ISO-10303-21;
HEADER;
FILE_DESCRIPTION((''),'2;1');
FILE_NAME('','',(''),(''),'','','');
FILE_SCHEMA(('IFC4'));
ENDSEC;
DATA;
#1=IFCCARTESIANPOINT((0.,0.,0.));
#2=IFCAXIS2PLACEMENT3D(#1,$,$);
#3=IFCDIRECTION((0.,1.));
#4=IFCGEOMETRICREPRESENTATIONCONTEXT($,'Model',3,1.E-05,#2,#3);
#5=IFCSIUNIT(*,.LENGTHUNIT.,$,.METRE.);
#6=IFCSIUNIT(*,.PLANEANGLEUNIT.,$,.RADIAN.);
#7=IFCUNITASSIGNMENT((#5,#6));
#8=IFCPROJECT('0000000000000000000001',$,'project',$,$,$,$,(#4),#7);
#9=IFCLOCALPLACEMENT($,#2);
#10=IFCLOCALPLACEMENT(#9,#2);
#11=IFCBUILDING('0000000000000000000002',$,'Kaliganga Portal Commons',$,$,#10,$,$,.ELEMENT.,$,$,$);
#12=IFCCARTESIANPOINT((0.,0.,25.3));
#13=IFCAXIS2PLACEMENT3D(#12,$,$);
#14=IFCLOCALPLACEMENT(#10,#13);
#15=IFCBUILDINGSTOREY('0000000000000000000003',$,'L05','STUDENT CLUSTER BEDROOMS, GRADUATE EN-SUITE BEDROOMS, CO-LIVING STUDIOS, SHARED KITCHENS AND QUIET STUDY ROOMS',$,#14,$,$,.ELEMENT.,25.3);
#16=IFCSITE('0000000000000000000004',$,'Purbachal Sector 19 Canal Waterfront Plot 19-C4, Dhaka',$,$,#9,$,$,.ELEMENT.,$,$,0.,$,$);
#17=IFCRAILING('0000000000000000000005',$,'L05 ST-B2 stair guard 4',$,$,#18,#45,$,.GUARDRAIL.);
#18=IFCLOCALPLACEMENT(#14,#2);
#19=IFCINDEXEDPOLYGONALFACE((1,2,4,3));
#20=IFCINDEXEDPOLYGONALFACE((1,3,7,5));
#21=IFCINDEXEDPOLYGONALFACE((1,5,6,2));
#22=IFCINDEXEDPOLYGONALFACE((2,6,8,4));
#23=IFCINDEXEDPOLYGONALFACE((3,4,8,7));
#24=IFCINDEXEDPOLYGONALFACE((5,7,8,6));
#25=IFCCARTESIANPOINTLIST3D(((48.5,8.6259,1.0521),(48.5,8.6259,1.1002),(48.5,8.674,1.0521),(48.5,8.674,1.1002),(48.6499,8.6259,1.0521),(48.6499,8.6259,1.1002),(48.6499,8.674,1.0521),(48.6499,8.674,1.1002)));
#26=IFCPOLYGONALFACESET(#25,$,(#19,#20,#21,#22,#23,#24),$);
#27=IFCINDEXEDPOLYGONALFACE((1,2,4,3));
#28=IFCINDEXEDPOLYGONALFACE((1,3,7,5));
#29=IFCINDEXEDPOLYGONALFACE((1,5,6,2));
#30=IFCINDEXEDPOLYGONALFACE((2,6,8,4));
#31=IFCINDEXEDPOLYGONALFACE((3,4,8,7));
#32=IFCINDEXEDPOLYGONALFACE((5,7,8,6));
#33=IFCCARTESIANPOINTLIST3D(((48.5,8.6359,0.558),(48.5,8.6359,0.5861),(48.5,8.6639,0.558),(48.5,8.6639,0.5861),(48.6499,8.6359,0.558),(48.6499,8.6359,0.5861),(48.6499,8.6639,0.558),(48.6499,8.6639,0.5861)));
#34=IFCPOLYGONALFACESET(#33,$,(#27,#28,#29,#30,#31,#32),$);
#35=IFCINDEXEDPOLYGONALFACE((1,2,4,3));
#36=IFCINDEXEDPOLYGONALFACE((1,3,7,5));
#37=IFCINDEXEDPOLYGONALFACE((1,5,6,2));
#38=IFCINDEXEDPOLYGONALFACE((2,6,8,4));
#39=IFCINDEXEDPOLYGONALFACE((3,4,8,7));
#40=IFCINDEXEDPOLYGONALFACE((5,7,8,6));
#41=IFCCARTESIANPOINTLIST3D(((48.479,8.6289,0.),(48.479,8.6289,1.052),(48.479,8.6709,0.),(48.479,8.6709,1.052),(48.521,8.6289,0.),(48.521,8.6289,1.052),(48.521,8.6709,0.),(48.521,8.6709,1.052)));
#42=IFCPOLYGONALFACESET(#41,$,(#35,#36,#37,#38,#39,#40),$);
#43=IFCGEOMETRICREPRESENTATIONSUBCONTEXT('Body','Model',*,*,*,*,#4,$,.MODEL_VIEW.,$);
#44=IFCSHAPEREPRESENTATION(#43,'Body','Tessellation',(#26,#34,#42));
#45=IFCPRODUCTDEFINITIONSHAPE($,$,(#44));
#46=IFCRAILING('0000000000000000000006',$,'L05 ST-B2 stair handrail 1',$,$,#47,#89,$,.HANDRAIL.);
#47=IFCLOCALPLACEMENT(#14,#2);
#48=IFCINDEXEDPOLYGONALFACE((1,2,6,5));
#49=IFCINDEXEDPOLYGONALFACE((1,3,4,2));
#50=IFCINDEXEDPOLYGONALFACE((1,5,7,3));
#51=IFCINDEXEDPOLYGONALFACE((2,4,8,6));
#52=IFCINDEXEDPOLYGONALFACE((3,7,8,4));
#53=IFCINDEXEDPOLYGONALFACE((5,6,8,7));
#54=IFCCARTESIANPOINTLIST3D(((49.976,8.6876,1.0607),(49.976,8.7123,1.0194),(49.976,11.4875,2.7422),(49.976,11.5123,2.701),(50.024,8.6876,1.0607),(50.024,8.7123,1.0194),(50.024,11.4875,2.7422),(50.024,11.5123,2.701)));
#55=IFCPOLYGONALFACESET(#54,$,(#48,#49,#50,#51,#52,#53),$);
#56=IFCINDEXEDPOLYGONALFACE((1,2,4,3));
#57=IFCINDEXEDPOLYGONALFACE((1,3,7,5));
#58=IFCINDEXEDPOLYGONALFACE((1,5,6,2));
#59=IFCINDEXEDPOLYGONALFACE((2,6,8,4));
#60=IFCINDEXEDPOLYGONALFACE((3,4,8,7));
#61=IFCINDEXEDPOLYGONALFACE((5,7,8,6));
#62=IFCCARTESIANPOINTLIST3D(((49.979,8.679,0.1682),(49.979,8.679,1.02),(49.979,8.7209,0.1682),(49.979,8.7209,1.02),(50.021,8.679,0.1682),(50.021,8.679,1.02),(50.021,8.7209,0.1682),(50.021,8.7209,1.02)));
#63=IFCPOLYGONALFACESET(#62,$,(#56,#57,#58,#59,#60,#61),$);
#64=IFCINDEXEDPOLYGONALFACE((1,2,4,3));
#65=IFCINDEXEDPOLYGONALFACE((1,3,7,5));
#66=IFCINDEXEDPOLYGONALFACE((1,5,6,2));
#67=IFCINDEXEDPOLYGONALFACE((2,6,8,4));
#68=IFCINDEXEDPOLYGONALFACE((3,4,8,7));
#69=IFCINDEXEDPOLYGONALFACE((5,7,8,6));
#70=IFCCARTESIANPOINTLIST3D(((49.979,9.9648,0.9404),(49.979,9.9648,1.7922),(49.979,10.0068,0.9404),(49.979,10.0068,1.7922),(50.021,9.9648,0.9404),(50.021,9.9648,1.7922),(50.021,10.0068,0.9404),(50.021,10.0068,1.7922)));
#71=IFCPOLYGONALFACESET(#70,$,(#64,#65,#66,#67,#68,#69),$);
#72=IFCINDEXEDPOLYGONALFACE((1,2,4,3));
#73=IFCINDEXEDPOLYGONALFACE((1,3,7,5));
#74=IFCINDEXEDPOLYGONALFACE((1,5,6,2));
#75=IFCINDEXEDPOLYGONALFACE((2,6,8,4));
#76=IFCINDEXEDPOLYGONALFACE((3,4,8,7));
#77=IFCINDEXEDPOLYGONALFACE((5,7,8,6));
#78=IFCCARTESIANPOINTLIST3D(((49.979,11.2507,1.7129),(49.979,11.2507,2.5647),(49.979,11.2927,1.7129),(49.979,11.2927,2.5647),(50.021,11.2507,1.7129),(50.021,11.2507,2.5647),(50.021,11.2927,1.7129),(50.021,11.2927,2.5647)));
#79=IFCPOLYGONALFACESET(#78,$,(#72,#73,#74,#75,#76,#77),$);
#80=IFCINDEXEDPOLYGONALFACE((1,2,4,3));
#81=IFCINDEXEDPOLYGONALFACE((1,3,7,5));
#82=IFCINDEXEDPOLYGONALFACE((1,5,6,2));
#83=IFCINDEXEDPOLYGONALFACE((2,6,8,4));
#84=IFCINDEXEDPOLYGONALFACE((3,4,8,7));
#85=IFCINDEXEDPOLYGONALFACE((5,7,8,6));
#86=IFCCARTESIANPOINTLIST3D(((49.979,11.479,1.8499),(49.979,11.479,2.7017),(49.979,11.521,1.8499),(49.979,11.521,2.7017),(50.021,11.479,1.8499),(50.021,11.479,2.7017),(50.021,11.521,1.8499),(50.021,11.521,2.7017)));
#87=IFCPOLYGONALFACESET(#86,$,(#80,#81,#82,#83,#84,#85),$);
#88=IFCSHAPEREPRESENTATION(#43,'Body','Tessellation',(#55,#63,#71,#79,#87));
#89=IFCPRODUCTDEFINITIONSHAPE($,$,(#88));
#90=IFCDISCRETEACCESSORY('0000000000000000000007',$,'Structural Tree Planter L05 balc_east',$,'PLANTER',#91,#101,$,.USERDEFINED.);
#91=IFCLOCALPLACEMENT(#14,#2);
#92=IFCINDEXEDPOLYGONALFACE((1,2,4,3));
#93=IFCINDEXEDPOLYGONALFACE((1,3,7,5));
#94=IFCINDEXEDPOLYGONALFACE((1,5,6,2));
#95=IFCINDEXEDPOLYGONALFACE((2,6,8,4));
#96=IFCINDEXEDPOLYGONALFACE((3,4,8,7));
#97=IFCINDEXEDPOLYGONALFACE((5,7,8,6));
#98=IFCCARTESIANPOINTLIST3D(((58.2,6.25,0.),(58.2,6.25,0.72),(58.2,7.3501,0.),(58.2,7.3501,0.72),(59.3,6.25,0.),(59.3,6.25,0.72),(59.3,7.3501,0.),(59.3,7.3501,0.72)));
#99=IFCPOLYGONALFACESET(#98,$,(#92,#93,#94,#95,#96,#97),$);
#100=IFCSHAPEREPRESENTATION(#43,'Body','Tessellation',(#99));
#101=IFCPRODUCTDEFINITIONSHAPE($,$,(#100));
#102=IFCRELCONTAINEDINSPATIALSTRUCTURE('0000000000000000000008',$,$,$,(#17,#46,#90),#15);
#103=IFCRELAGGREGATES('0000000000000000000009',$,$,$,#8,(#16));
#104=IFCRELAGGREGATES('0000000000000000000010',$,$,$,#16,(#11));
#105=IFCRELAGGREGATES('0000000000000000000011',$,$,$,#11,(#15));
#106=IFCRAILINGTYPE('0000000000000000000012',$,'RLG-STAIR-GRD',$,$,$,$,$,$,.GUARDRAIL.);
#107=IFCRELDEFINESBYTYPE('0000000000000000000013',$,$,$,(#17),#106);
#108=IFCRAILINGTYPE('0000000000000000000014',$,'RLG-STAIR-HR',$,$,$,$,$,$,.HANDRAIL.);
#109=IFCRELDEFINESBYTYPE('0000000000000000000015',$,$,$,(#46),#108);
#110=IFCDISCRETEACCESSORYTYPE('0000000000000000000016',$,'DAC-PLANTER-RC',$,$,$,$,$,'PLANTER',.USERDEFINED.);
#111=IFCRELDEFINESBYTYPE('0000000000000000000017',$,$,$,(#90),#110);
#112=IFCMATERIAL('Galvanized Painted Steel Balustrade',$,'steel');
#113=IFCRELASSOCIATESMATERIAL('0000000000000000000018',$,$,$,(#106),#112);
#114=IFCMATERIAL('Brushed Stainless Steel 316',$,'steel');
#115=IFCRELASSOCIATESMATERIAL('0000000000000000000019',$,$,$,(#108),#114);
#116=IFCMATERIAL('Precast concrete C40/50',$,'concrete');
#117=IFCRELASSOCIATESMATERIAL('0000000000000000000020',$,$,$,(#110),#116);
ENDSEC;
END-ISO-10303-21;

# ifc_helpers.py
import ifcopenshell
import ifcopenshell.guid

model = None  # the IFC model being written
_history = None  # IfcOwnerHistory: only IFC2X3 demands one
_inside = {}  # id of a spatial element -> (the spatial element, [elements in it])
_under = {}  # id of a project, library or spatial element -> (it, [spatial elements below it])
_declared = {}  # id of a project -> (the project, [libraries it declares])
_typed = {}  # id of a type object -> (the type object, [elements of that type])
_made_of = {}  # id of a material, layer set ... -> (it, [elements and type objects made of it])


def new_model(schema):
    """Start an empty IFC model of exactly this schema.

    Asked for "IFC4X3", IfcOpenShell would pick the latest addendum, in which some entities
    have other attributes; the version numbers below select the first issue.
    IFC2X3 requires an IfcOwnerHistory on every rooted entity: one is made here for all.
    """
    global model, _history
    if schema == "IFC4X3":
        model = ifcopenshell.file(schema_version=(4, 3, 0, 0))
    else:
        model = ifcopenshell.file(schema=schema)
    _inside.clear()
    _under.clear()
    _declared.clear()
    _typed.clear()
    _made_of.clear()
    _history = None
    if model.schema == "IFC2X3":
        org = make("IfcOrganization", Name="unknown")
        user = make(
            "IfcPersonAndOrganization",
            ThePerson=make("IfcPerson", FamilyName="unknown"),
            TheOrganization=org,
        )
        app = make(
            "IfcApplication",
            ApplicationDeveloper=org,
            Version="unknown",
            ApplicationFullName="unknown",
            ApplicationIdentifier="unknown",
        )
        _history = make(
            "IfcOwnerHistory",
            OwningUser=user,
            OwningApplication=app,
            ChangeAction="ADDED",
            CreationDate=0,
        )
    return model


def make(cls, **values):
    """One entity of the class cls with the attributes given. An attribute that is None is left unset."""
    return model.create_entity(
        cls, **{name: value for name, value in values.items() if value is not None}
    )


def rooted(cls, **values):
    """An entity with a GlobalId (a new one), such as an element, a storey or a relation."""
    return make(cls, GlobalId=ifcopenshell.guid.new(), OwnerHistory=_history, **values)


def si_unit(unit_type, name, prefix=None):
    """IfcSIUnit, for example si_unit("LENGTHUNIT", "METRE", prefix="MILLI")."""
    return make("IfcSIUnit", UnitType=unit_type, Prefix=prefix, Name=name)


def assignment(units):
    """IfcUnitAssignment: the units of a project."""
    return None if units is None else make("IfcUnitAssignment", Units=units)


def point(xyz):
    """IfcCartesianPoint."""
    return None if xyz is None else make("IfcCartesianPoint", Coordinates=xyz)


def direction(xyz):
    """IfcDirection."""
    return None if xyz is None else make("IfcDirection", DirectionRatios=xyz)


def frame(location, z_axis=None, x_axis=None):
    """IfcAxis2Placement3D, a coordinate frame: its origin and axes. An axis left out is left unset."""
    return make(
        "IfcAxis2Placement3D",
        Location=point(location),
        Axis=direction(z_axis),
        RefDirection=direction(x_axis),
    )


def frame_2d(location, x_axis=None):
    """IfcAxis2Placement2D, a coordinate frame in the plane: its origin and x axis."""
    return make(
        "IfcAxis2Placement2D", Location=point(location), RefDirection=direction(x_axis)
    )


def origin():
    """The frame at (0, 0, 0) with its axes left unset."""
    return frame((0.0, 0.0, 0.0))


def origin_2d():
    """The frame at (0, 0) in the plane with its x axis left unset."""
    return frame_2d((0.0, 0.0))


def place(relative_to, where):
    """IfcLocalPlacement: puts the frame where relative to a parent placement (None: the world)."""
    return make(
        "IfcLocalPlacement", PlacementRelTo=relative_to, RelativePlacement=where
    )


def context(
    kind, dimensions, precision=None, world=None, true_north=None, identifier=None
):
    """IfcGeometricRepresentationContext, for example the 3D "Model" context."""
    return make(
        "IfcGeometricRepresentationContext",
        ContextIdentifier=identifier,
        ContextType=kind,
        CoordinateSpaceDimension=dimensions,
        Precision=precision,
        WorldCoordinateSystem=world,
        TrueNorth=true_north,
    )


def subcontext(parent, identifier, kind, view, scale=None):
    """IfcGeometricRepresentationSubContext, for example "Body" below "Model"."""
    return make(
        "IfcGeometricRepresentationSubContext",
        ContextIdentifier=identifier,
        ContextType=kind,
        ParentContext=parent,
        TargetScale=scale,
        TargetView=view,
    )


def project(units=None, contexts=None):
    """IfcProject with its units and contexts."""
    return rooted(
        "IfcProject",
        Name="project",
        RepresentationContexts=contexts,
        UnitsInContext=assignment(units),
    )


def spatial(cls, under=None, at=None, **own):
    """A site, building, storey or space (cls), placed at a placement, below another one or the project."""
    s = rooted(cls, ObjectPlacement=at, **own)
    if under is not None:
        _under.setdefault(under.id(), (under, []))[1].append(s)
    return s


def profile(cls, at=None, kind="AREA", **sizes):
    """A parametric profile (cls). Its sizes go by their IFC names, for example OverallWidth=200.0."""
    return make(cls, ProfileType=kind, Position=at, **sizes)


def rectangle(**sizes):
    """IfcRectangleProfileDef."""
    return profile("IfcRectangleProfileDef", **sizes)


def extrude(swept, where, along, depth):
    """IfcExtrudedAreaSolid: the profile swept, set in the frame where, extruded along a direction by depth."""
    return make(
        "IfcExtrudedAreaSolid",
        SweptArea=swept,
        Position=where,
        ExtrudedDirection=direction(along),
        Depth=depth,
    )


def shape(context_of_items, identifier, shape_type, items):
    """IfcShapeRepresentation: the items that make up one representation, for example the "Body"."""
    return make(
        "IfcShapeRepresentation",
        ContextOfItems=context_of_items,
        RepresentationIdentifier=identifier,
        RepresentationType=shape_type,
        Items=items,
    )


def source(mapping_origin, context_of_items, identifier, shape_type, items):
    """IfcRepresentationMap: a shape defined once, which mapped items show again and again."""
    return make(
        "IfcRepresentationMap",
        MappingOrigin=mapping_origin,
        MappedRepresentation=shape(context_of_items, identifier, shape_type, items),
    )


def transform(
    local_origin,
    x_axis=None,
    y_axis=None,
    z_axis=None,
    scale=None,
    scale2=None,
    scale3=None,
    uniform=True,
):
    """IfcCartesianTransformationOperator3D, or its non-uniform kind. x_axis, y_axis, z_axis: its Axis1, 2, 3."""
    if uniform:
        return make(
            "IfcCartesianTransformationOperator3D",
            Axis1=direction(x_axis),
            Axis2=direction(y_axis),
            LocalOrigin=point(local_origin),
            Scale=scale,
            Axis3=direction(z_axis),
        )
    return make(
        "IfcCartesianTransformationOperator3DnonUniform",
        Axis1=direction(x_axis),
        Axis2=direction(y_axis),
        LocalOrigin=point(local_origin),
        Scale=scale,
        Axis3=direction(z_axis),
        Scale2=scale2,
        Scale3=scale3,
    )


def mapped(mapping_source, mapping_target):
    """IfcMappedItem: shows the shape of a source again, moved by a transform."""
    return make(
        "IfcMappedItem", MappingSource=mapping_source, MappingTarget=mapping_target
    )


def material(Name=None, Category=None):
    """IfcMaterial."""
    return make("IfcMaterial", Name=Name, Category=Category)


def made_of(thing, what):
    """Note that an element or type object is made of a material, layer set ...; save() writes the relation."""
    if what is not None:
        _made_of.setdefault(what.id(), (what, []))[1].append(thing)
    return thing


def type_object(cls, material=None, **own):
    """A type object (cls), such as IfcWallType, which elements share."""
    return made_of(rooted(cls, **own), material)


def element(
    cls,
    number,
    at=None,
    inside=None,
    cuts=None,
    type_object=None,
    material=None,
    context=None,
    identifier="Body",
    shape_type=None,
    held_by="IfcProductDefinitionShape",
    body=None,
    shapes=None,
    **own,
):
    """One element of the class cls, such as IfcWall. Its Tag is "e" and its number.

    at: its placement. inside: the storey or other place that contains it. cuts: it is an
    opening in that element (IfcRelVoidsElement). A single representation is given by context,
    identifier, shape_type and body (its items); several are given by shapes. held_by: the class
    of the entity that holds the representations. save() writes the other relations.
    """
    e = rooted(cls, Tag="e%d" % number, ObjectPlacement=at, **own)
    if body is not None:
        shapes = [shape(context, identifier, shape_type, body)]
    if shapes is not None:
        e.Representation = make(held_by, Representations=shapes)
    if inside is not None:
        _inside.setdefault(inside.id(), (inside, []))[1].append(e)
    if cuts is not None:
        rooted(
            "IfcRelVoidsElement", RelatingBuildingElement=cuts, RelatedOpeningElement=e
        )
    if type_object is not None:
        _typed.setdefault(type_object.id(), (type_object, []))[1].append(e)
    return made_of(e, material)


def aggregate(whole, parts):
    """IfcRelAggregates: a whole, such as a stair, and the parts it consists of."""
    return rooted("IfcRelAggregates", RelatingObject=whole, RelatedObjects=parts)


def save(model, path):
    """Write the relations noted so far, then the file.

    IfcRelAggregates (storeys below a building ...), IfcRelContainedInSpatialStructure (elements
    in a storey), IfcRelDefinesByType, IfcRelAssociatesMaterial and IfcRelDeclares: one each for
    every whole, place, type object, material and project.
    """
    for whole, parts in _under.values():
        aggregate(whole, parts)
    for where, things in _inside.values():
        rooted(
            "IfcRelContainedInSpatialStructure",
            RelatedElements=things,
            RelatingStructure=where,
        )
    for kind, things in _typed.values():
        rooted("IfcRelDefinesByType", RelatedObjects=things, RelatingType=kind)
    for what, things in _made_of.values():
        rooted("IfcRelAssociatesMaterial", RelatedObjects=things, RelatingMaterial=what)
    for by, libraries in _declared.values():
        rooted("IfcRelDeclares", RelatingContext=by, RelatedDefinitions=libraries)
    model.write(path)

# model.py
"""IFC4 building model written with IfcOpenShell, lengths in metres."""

from ifc_helpers import new_model, si_unit, direction, frame, origin, origin_2d, place, context, subcontext, project, spatial, rectangle, extrude, source, transform, mapped, material, type_object, element, save


model = new_model("IFC4")

# Units and contexts
model_context = context("Model", 3, precision=1e-05, world=origin(), true_north=direction((0.0, 1.0)))
body_context = subcontext(model_context, "Body", "Model", "MODEL_VIEW")
ifc_project = project(units=[si_unit("LENGTHUNIT", "METRE"), si_unit("PLANEANGLEUNIT", "RADIAN")], contexts=[model_context])

# Site, building, storey
site_placement = place(None, origin())
site = spatial("IfcSite", under=ifc_project, at=site_placement, Name="Purbachal Sector 19 Canal Waterfront Plot 19-C4, Dhaka", CompositionType="ELEMENT", RefElevation=0.0)
building_placement = place(site_placement, origin())
building = spatial("IfcBuilding", under=site, at=building_placement, Name="Kaliganga Portal Commons", CompositionType="ELEMENT")
storey_placement = place(building_placement, frame((0.0, 0.0, 25.3)))
storey = spatial("IfcBuildingStorey", under=building, at=storey_placement, Name="L05", Description="STUDENT CLUSTER BEDROOMS, GRADUATE EN-SUITE BEDROOMS, CO-LIVING STUDIOS, SHARED KITCHENS AND QUIET STUDY ROOMS", CompositionType="ELEMENT", Elevation=25.3)

# Railings
ifc_material_1 = material(Name="Galvanized Painted Steel Balustrade", Category="steel")
railing_type_1 = type_object("IfcRailingType", Name="RLG-STAIR-GRD", PredefinedType="GUARDRAIL", material=ifc_material_1)
railing_1_placement = place(storey_placement, frame((48.6499, 8.6499, 0.0)))
element("IfcRailing", 1, at=railing_1_placement, inside=storey, type_object=railing_type_1, Name="L05 ST-B2 stair guard 4", PredefinedType="GUARDRAIL", context=body_context, shape_type="SweptSolid", body=[
    extrude(rectangle(XDim=0.0481, YDim=0.0481, at=origin_2d()), frame((0.0, 0.0, 1.0762), z_axis=(-1.0, 0.0, 0.0), x_axis=(0.0, -1.0, 0.0)), (0.0, 0.0, 1.0), 0.1499),
    extrude(rectangle(XDim=0.0281, YDim=0.0281, at=origin_2d()), frame((0.0, 0.0, 0.572), z_axis=(-1.0, 0.0, 0.0), x_axis=(0.0, -1.0, 0.0)), (0.0, 0.0, 1.0), 0.1499),
    extrude(rectangle(XDim=0.042, YDim=0.042, at=origin_2d()), frame((-0.1499, 0.0, 0.0)), (0.0, 0.0, 1.0), 1.052),
])
ifc_material_2 = material(Name="Brushed Stainless Steel 316", Category="steel")
railing_type_2 = type_object("IfcRailingType", Name="RLG-STAIR-HR", PredefinedType="HANDRAIL", material=ifc_material_2)
railing_2_placement = place(storey_placement, frame((50.0, 8.7, 0.1682)))
element("IfcRailing", 2, at=railing_2_placement, inside=storey, type_object=railing_type_2, Name="L05 ST-B2 stair handrail 1", PredefinedType="HANDRAIL", context=body_context, shape_type="SweptSolid", body=[
    extrude(rectangle(XDim=0.0481, YDim=0.0481, at=origin_2d()), frame((0.0, 0.0, 0.8718), z_axis=(0.0, 0.857275, 0.514858), x_axis=(-1.0, 0.0, 0.0)), (0.0, 0.0, 1.0), 3.2661),
    extrude(rectangle(XDim=0.042, YDim=0.042, at=origin_2d()), origin(), (0.0, 0.0, 1.0), 0.8518),
    extrude(rectangle(XDim=0.042, YDim=0.042, at=origin_2d()), frame((0.0, 1.2859, 0.7722)), (0.0, 0.0, 1.0), 0.8518),
    extrude(rectangle(XDim=0.042, YDim=0.042, at=origin_2d()), frame((0.0, 2.5718, 1.5447)), (0.0, 0.0, 1.0), 0.8518),
    extrude(rectangle(XDim=0.042, YDim=0.042, at=origin_2d()), frame((0.0, 2.8, 1.6816)), (0.0, 0.0, 1.0), 0.8518),
])

# Discrete accessory
ifc_material_3 = material(Name="Precast concrete C40/50", Category="concrete")
discrete_accessory_type = type_object("IfcDiscreteAccessoryType", Name="DAC-PLANTER-RC", ElementType="PLANTER", PredefinedType="USERDEFINED", material=ifc_material_3)
shared_shape_1 = source(origin(), body_context, "Body", "SweptSolid", [
    extrude(rectangle(XDim=1.1001, YDim=1.1001, at=origin_2d()), origin(), (0.0, 0.0, 1.0), 0.72),
])
discrete_accessory_placement = place(storey_placement, frame((58.75, 6.8, 0.0), z_axis=(0.0, 0.0, 1.0), x_axis=(1.0, 0.0, 0.0)))
element("IfcDiscreteAccessory", 3, at=discrete_accessory_placement, inside=storey, type_object=discrete_accessory_type, Name="Structural Tree Planter L05 balc_east", ObjectType="PLANTER", PredefinedType="USERDEFINED", context=body_context, shape_type="MappedRepresentation", body=[
    mapped(shared_shape_1, transform((0.0, 0.0, 0.0), x_axis=(1.0, 0.0, 0.0), y_axis=(0.0, 1.0, 0.0), z_axis=(0.0, 0.0, 1.0), scale=1.0)),
])

save(model, "model.ifc")
